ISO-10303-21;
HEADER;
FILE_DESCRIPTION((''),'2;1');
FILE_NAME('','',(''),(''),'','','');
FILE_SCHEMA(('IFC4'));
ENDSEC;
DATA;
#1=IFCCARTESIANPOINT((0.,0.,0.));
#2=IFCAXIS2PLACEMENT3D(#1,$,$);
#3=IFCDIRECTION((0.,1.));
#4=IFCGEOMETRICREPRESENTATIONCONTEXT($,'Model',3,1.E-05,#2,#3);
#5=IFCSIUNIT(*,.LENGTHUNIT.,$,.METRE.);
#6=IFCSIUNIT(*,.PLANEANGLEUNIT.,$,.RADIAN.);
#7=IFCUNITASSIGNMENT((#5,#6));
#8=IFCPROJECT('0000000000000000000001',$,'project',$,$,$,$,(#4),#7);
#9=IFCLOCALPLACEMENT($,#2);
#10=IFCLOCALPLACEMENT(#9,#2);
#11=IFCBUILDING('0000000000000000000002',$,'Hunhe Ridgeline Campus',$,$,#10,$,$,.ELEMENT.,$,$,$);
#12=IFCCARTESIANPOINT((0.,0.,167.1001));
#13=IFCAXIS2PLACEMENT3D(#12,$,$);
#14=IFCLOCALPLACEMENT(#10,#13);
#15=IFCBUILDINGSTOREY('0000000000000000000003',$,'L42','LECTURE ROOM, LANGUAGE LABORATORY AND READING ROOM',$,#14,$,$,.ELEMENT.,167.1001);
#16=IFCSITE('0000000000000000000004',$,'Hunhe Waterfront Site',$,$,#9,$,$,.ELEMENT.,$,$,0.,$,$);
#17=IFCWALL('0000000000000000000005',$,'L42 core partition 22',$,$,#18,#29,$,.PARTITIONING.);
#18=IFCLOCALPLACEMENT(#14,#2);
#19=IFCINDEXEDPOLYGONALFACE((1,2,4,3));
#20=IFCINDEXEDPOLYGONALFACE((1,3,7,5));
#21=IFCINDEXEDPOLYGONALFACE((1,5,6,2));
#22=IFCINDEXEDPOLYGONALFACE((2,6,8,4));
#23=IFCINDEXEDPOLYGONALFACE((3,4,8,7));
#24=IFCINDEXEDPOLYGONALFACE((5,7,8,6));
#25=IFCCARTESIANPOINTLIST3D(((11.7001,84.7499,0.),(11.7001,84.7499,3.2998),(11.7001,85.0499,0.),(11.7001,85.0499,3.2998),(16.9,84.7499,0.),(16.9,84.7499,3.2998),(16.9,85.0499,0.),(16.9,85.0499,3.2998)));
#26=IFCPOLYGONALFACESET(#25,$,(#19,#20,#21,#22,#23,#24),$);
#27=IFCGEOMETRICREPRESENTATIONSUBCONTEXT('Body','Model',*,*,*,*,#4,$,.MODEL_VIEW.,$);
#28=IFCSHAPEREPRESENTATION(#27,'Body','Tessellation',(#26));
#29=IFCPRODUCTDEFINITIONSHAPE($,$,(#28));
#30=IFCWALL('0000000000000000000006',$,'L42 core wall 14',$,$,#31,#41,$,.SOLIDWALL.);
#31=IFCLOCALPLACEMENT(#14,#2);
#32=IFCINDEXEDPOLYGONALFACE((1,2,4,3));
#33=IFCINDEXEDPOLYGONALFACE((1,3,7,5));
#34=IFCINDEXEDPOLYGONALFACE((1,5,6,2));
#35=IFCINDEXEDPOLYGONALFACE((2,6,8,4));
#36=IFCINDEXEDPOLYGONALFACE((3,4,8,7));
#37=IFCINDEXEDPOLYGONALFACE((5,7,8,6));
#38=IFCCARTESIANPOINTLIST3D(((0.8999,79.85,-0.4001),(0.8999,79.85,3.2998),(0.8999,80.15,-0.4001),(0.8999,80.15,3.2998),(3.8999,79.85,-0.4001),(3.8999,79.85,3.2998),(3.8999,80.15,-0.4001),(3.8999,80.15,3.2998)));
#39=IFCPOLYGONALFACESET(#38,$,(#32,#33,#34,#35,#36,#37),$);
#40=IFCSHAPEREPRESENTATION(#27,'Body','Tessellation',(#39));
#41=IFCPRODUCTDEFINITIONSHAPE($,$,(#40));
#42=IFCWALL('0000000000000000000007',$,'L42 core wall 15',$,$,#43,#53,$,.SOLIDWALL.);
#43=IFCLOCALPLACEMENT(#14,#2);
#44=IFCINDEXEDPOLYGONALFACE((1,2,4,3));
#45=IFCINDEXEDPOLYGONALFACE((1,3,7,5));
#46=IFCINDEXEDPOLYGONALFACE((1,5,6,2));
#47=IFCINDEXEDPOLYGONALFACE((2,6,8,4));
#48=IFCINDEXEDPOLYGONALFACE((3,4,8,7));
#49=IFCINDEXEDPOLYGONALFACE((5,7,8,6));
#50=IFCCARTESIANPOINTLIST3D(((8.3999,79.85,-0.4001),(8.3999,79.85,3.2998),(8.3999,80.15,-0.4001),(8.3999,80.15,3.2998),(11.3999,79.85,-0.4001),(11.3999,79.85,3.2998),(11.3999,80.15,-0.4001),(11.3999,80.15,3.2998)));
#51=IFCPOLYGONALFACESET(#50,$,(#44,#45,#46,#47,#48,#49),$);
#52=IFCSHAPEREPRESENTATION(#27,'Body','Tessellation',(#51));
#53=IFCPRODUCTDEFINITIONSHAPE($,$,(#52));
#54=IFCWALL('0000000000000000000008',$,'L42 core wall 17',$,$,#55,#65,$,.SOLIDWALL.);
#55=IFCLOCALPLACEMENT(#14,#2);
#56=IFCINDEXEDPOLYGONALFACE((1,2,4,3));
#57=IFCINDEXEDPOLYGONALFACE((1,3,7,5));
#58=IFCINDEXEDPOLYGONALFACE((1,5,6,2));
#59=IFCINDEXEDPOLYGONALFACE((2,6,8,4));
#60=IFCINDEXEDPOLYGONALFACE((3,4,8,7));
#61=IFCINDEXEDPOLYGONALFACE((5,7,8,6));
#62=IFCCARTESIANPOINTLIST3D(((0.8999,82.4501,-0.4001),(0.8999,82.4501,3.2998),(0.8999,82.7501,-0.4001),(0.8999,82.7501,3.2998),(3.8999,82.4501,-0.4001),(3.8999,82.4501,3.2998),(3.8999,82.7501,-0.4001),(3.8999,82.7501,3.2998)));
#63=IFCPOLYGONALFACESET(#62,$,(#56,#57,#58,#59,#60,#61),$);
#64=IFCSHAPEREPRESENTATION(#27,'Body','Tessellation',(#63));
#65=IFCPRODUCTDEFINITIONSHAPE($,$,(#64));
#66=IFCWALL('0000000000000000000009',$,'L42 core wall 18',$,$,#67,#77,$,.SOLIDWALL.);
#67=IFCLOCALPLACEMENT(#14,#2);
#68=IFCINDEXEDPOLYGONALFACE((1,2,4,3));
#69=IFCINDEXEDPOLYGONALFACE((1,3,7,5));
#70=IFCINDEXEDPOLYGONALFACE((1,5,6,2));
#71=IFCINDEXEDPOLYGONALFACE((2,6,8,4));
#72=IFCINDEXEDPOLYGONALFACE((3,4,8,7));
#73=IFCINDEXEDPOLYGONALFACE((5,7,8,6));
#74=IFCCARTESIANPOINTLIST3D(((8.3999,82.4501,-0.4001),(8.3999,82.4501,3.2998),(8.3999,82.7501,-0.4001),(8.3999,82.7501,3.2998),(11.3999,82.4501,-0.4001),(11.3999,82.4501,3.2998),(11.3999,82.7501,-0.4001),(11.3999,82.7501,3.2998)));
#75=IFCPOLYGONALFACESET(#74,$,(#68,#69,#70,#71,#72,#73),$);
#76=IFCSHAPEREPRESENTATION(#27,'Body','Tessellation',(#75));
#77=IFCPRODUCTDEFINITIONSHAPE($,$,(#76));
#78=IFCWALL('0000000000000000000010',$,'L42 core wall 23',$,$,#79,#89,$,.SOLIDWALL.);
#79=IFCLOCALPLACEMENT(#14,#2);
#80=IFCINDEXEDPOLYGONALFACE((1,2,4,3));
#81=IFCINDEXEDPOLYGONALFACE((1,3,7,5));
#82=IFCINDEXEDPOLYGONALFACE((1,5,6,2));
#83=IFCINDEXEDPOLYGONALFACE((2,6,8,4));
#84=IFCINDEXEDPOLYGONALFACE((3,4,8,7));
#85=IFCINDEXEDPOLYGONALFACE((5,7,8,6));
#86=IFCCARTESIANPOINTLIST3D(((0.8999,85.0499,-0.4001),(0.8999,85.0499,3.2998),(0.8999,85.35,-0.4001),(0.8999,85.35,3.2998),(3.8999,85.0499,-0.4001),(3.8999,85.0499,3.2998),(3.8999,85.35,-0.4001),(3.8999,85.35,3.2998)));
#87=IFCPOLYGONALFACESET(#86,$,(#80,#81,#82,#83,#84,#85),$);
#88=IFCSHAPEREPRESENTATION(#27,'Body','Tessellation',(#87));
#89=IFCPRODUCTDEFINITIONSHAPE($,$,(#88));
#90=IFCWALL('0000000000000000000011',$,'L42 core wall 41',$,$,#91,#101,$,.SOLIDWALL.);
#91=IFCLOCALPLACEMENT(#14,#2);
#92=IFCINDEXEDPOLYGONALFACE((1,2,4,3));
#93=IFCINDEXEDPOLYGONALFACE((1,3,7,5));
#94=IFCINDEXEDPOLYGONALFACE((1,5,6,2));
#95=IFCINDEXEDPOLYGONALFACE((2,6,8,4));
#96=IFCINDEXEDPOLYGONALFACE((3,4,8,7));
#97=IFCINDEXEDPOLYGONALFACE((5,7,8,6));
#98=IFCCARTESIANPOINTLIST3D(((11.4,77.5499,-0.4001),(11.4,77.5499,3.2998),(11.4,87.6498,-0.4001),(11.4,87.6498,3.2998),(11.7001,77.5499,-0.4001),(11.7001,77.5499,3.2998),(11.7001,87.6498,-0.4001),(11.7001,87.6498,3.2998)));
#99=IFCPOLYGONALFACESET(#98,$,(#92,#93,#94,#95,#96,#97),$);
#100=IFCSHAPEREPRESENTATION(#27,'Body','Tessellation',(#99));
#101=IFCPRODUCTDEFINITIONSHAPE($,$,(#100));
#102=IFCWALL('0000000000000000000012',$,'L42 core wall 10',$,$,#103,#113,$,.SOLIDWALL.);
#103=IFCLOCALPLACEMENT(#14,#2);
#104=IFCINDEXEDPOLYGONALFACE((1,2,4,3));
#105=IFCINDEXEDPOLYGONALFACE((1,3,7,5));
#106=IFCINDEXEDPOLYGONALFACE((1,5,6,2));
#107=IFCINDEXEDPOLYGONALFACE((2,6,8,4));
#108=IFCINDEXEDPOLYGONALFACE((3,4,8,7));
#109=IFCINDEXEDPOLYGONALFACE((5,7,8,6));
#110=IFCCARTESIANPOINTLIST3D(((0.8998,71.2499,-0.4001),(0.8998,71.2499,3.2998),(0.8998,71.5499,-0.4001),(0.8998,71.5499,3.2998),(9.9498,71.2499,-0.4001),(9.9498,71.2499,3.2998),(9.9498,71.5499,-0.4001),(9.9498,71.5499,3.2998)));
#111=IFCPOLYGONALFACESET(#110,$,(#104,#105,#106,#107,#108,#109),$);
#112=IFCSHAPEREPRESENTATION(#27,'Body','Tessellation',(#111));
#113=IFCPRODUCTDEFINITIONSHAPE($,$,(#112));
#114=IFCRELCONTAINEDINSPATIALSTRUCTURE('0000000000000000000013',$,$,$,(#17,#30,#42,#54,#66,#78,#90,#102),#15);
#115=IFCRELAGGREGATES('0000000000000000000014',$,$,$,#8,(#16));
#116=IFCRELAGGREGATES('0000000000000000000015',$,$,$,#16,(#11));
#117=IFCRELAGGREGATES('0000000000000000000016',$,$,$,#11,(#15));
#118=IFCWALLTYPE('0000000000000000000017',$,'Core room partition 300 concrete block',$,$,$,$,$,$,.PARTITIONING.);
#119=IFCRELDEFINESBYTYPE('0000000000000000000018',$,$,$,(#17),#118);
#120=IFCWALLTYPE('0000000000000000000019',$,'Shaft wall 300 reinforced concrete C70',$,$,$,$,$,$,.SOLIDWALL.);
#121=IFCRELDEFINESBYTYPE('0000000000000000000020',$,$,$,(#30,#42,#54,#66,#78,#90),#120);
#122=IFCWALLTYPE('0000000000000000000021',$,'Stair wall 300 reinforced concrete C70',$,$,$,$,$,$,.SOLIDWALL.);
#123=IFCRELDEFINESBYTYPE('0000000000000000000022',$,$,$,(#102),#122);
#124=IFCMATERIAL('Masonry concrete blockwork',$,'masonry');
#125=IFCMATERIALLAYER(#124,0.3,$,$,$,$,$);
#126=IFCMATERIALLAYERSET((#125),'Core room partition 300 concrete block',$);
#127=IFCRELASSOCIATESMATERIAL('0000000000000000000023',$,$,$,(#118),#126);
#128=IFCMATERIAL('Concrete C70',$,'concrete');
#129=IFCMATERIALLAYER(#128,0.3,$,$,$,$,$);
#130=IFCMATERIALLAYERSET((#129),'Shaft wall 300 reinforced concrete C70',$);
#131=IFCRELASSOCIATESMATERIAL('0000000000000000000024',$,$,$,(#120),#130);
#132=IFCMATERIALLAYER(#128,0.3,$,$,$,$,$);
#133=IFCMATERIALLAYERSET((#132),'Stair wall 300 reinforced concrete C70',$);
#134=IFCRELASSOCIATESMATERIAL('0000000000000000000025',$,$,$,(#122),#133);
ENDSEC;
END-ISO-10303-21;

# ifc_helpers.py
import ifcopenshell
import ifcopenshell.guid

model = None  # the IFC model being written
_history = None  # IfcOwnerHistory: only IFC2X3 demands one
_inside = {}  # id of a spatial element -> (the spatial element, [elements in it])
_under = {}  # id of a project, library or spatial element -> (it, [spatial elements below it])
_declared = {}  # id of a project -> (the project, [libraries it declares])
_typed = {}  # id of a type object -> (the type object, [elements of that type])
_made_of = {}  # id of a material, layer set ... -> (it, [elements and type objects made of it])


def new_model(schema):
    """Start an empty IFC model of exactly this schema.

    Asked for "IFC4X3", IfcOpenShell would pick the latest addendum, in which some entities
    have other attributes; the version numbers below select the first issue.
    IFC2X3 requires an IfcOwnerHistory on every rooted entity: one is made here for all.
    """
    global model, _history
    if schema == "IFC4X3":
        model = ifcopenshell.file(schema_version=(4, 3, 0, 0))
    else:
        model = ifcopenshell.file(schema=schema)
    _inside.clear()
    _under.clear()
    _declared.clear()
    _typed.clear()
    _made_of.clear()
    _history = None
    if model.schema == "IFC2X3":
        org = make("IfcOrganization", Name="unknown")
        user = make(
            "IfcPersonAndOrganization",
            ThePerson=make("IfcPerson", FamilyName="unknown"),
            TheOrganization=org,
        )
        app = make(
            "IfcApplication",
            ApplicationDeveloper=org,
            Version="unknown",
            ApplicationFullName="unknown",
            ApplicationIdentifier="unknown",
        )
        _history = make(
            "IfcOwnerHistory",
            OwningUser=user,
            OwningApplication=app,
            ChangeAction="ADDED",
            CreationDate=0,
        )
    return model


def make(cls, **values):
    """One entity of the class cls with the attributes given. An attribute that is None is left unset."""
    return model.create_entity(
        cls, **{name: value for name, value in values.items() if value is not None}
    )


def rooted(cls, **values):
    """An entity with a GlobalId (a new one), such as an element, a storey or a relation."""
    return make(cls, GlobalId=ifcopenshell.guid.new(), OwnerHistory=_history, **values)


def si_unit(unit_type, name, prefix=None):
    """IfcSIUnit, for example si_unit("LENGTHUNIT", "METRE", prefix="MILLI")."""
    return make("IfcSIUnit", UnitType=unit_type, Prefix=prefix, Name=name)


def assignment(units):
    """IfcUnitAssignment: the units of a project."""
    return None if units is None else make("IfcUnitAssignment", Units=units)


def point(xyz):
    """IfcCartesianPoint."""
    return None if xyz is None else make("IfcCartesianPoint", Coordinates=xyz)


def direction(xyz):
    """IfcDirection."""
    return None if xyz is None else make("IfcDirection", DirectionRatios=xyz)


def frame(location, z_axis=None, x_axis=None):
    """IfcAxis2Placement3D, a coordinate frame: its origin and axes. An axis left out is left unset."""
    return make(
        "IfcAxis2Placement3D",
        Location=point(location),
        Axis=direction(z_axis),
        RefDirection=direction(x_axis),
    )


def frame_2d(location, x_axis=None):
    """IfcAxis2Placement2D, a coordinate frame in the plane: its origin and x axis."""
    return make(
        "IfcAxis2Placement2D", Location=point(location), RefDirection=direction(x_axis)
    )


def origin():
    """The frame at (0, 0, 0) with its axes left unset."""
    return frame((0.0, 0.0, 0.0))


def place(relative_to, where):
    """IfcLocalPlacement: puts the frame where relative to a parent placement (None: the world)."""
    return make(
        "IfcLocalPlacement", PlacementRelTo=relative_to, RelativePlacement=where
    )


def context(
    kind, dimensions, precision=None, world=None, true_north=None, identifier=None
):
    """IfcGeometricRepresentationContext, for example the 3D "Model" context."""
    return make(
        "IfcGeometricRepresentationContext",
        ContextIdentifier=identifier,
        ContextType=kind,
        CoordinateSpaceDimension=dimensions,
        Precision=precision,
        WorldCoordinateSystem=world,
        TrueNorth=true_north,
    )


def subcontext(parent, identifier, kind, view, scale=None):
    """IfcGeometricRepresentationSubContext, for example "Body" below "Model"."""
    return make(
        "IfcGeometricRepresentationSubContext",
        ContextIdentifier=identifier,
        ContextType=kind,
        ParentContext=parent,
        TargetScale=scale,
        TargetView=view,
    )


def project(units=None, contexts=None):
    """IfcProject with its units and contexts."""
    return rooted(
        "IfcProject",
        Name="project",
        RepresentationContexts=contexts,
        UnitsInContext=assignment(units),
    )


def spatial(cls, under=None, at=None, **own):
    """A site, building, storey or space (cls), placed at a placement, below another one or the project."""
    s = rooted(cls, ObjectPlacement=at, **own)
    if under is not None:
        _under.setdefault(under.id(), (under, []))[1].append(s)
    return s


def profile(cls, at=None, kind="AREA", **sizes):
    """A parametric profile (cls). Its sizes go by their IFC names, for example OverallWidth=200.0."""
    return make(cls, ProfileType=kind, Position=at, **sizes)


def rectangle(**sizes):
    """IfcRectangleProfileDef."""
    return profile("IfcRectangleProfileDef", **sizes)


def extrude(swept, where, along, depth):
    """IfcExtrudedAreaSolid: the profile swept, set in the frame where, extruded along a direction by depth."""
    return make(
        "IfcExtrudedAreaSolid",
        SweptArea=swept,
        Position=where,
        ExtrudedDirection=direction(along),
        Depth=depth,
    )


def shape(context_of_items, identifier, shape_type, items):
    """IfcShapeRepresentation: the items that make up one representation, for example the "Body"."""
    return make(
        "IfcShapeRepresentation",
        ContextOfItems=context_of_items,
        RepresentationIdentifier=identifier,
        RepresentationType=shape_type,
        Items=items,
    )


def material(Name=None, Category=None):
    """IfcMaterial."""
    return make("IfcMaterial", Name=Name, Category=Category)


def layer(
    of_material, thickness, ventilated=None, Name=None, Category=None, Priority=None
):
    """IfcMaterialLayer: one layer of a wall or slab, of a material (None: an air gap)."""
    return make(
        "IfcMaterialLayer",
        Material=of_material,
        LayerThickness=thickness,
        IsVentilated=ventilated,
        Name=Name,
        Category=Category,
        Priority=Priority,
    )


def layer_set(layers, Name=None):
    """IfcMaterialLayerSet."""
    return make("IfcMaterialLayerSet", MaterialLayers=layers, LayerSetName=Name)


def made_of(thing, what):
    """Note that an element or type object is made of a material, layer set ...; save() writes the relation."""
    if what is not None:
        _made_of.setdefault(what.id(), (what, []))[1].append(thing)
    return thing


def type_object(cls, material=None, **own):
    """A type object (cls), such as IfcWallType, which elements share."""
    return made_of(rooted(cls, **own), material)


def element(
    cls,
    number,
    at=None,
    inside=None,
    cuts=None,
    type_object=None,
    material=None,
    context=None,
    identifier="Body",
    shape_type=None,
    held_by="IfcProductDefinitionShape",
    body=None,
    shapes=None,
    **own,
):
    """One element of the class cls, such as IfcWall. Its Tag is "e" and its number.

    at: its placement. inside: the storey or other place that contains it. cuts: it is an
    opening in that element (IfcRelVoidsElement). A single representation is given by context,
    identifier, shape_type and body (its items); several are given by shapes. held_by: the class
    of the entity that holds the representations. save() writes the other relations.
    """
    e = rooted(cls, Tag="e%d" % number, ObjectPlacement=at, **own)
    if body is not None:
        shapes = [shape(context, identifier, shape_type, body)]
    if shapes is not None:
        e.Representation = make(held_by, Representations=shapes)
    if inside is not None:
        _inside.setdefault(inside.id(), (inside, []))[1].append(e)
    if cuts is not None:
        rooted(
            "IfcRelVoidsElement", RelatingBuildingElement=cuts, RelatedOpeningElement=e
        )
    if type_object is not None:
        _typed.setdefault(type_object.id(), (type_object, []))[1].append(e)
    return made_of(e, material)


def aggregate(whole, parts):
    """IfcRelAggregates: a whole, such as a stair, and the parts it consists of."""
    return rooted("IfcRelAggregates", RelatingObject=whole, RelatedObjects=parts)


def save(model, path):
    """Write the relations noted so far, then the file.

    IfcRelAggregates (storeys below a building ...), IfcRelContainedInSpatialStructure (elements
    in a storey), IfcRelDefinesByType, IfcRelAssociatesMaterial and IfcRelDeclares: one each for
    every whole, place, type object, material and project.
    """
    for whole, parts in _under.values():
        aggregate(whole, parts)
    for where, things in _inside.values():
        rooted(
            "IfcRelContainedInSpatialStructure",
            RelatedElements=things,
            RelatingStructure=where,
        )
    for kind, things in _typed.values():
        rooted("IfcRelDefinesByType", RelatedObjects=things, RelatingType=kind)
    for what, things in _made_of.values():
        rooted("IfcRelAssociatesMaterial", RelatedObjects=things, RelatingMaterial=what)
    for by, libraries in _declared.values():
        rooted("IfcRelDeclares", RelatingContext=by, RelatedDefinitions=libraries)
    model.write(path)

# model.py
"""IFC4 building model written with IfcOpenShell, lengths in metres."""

from ifc_helpers import new_model, si_unit, direction, frame, frame_2d, origin, place, context, subcontext, project, spatial, rectangle, extrude, material, layer, layer_set, type_object, element, save


model = new_model("IFC4")

# Units and contexts
model_context = context("Model", 3, precision=1e-05, world=origin(), true_north=direction((0.0, 1.0)))
body_context = subcontext(model_context, "Body", "Model", "MODEL_VIEW")
ifc_project = project(units=[si_unit("LENGTHUNIT", "METRE"), si_unit("PLANEANGLEUNIT", "RADIAN")], contexts=[model_context])

# Site, building, storey
site_placement = place(None, origin())
site = spatial("IfcSite", under=ifc_project, at=site_placement, Name="Hunhe Waterfront Site", CompositionType="ELEMENT", RefElevation=0.0)
building_placement = place(site_placement, origin())
building = spatial("IfcBuilding", under=site, at=building_placement, Name="Hunhe Ridgeline Campus", CompositionType="ELEMENT")
storey_placement = place(building_placement, frame((0.0, 0.0, 167.1001)))
storey = spatial("IfcBuildingStorey", under=building, at=storey_placement, Name="L42", Description="LECTURE ROOM, LANGUAGE LABORATORY AND READING ROOM", CompositionType="ELEMENT", Elevation=167.1001)

# Shared definitions
ifc_material_1 = material(Name="Masonry concrete blockwork", Category="masonry")
ifc_layer_1 = layer(ifc_material_1, 0.3)
ifc_layer_set_1 = layer_set([ifc_layer_1], Name="Core room partition 300 concrete block")
wall_type_1 = type_object("IfcWallType", Name="Core room partition 300 concrete block", PredefinedType="PARTITIONING", material=ifc_layer_set_1)

# Wall
wall_1_placement = place(storey_placement, frame((11.7, 84.8999, 0.0), z_axis=(0.0, 0.0, 1.0), x_axis=(1.0, 0.0, 0.0)))
element("IfcWall", 1, at=wall_1_placement, inside=storey, type_object=wall_type_1, Name="L42 core partition 22", PredefinedType="PARTITIONING", context=body_context, shape_type="SweptSolid", body=[
    extrude(rectangle(XDim=5.2, YDim=0.3, at=frame_2d((2.6001, 0.0))), origin(), (0.0, 0.0, 1.0), 3.2998),
])

# Shared definitions
ifc_material_2 = material(Name="Concrete C70", Category="concrete")
ifc_layer_2 = layer(ifc_material_2, 0.3)
ifc_layer_set_2 = layer_set([ifc_layer_2], Name="Shaft wall 300 reinforced concrete C70")
wall_type_2 = type_object("IfcWallType", Name="Shaft wall 300 reinforced concrete C70", PredefinedType="SOLIDWALL", material=ifc_layer_set_2)

# Walls
for number, where, z_axis, x_axis, name in (
    (2, (0.8999, 80.0, -0.4001), (0.0, 0.0, 1.0), (1.0, 0.0, 0.0), "L42 core wall 14"),
    (3, (8.3999, 80.0, -0.4001), (0.0, 0.0, 1.0), (1.0, 0.0, 0.0), "L42 core wall 15"),
    (4, (0.8999, 82.6001, -0.4001), (0.0, 0.0, 1.0), (1.0, 0.0, 0.0), "L42 core wall 17"),
    (5, (8.3999, 82.6001, -0.4001), (0.0, 0.0, 1.0), (1.0, 0.0, 0.0), "L42 core wall 18"),
    (6, (0.8999, 85.2, -0.4001), (0.0, 0.0, 1.0), (1.0, 0.0, 0.0), "L42 core wall 23"),
):
    element("IfcWall", number, at=place(storey_placement, frame(where, z_axis=z_axis, x_axis=x_axis)), inside=storey, type_object=wall_type_2, Name=name, PredefinedType="SOLIDWALL", context=body_context, shape_type="SweptSolid", body=[
        extrude(rectangle(XDim=3.0, YDim=0.3, at=frame_2d((1.5, 0.0))), origin(), (0.0, 0.0, 1.0), 3.7),
    ])

# Walls
wall_2_placement = place(storey_placement, frame((11.55, 77.55, -0.4001), z_axis=(0.0, 0.0, 1.0), x_axis=(0.0, 1.0, 0.0)))
element("IfcWall", 7, at=wall_2_placement, inside=storey, type_object=wall_type_2, Name="L42 core wall 41", PredefinedType="SOLIDWALL", context=body_context, shape_type="SweptSolid", body=[
    extrude(rectangle(XDim=10.0999, YDim=0.3, at=frame_2d((5.0498, 0.0))), origin(), (0.0, 0.0, 1.0), 3.7),
])
ifc_layer_3 = layer(ifc_material_2, 0.3)
ifc_layer_set_3 = layer_set([ifc_layer_3], Name="Stair wall 300 reinforced concrete C70")
wall_type_3 = type_object("IfcWallType", Name="Stair wall 300 reinforced concrete C70", PredefinedType="SOLIDWALL", material=ifc_layer_set_3)
wall_3_placement = place(storey_placement, frame((0.8999, 71.3999, -0.4001), z_axis=(0.0, 0.0, 1.0), x_axis=(1.0, 0.0, 0.0)))
element("IfcWall", 8, at=wall_3_placement, inside=storey, type_object=wall_type_3, Name="L42 core wall 10", PredefinedType="SOLIDWALL", context=body_context, shape_type="SweptSolid", body=[
    extrude(rectangle(XDim=9.05, YDim=0.3, at=frame_2d((4.5249, 0.0))), origin(), (0.0, 0.0, 1.0), 3.7),
])

save(model, "model.ifc")
